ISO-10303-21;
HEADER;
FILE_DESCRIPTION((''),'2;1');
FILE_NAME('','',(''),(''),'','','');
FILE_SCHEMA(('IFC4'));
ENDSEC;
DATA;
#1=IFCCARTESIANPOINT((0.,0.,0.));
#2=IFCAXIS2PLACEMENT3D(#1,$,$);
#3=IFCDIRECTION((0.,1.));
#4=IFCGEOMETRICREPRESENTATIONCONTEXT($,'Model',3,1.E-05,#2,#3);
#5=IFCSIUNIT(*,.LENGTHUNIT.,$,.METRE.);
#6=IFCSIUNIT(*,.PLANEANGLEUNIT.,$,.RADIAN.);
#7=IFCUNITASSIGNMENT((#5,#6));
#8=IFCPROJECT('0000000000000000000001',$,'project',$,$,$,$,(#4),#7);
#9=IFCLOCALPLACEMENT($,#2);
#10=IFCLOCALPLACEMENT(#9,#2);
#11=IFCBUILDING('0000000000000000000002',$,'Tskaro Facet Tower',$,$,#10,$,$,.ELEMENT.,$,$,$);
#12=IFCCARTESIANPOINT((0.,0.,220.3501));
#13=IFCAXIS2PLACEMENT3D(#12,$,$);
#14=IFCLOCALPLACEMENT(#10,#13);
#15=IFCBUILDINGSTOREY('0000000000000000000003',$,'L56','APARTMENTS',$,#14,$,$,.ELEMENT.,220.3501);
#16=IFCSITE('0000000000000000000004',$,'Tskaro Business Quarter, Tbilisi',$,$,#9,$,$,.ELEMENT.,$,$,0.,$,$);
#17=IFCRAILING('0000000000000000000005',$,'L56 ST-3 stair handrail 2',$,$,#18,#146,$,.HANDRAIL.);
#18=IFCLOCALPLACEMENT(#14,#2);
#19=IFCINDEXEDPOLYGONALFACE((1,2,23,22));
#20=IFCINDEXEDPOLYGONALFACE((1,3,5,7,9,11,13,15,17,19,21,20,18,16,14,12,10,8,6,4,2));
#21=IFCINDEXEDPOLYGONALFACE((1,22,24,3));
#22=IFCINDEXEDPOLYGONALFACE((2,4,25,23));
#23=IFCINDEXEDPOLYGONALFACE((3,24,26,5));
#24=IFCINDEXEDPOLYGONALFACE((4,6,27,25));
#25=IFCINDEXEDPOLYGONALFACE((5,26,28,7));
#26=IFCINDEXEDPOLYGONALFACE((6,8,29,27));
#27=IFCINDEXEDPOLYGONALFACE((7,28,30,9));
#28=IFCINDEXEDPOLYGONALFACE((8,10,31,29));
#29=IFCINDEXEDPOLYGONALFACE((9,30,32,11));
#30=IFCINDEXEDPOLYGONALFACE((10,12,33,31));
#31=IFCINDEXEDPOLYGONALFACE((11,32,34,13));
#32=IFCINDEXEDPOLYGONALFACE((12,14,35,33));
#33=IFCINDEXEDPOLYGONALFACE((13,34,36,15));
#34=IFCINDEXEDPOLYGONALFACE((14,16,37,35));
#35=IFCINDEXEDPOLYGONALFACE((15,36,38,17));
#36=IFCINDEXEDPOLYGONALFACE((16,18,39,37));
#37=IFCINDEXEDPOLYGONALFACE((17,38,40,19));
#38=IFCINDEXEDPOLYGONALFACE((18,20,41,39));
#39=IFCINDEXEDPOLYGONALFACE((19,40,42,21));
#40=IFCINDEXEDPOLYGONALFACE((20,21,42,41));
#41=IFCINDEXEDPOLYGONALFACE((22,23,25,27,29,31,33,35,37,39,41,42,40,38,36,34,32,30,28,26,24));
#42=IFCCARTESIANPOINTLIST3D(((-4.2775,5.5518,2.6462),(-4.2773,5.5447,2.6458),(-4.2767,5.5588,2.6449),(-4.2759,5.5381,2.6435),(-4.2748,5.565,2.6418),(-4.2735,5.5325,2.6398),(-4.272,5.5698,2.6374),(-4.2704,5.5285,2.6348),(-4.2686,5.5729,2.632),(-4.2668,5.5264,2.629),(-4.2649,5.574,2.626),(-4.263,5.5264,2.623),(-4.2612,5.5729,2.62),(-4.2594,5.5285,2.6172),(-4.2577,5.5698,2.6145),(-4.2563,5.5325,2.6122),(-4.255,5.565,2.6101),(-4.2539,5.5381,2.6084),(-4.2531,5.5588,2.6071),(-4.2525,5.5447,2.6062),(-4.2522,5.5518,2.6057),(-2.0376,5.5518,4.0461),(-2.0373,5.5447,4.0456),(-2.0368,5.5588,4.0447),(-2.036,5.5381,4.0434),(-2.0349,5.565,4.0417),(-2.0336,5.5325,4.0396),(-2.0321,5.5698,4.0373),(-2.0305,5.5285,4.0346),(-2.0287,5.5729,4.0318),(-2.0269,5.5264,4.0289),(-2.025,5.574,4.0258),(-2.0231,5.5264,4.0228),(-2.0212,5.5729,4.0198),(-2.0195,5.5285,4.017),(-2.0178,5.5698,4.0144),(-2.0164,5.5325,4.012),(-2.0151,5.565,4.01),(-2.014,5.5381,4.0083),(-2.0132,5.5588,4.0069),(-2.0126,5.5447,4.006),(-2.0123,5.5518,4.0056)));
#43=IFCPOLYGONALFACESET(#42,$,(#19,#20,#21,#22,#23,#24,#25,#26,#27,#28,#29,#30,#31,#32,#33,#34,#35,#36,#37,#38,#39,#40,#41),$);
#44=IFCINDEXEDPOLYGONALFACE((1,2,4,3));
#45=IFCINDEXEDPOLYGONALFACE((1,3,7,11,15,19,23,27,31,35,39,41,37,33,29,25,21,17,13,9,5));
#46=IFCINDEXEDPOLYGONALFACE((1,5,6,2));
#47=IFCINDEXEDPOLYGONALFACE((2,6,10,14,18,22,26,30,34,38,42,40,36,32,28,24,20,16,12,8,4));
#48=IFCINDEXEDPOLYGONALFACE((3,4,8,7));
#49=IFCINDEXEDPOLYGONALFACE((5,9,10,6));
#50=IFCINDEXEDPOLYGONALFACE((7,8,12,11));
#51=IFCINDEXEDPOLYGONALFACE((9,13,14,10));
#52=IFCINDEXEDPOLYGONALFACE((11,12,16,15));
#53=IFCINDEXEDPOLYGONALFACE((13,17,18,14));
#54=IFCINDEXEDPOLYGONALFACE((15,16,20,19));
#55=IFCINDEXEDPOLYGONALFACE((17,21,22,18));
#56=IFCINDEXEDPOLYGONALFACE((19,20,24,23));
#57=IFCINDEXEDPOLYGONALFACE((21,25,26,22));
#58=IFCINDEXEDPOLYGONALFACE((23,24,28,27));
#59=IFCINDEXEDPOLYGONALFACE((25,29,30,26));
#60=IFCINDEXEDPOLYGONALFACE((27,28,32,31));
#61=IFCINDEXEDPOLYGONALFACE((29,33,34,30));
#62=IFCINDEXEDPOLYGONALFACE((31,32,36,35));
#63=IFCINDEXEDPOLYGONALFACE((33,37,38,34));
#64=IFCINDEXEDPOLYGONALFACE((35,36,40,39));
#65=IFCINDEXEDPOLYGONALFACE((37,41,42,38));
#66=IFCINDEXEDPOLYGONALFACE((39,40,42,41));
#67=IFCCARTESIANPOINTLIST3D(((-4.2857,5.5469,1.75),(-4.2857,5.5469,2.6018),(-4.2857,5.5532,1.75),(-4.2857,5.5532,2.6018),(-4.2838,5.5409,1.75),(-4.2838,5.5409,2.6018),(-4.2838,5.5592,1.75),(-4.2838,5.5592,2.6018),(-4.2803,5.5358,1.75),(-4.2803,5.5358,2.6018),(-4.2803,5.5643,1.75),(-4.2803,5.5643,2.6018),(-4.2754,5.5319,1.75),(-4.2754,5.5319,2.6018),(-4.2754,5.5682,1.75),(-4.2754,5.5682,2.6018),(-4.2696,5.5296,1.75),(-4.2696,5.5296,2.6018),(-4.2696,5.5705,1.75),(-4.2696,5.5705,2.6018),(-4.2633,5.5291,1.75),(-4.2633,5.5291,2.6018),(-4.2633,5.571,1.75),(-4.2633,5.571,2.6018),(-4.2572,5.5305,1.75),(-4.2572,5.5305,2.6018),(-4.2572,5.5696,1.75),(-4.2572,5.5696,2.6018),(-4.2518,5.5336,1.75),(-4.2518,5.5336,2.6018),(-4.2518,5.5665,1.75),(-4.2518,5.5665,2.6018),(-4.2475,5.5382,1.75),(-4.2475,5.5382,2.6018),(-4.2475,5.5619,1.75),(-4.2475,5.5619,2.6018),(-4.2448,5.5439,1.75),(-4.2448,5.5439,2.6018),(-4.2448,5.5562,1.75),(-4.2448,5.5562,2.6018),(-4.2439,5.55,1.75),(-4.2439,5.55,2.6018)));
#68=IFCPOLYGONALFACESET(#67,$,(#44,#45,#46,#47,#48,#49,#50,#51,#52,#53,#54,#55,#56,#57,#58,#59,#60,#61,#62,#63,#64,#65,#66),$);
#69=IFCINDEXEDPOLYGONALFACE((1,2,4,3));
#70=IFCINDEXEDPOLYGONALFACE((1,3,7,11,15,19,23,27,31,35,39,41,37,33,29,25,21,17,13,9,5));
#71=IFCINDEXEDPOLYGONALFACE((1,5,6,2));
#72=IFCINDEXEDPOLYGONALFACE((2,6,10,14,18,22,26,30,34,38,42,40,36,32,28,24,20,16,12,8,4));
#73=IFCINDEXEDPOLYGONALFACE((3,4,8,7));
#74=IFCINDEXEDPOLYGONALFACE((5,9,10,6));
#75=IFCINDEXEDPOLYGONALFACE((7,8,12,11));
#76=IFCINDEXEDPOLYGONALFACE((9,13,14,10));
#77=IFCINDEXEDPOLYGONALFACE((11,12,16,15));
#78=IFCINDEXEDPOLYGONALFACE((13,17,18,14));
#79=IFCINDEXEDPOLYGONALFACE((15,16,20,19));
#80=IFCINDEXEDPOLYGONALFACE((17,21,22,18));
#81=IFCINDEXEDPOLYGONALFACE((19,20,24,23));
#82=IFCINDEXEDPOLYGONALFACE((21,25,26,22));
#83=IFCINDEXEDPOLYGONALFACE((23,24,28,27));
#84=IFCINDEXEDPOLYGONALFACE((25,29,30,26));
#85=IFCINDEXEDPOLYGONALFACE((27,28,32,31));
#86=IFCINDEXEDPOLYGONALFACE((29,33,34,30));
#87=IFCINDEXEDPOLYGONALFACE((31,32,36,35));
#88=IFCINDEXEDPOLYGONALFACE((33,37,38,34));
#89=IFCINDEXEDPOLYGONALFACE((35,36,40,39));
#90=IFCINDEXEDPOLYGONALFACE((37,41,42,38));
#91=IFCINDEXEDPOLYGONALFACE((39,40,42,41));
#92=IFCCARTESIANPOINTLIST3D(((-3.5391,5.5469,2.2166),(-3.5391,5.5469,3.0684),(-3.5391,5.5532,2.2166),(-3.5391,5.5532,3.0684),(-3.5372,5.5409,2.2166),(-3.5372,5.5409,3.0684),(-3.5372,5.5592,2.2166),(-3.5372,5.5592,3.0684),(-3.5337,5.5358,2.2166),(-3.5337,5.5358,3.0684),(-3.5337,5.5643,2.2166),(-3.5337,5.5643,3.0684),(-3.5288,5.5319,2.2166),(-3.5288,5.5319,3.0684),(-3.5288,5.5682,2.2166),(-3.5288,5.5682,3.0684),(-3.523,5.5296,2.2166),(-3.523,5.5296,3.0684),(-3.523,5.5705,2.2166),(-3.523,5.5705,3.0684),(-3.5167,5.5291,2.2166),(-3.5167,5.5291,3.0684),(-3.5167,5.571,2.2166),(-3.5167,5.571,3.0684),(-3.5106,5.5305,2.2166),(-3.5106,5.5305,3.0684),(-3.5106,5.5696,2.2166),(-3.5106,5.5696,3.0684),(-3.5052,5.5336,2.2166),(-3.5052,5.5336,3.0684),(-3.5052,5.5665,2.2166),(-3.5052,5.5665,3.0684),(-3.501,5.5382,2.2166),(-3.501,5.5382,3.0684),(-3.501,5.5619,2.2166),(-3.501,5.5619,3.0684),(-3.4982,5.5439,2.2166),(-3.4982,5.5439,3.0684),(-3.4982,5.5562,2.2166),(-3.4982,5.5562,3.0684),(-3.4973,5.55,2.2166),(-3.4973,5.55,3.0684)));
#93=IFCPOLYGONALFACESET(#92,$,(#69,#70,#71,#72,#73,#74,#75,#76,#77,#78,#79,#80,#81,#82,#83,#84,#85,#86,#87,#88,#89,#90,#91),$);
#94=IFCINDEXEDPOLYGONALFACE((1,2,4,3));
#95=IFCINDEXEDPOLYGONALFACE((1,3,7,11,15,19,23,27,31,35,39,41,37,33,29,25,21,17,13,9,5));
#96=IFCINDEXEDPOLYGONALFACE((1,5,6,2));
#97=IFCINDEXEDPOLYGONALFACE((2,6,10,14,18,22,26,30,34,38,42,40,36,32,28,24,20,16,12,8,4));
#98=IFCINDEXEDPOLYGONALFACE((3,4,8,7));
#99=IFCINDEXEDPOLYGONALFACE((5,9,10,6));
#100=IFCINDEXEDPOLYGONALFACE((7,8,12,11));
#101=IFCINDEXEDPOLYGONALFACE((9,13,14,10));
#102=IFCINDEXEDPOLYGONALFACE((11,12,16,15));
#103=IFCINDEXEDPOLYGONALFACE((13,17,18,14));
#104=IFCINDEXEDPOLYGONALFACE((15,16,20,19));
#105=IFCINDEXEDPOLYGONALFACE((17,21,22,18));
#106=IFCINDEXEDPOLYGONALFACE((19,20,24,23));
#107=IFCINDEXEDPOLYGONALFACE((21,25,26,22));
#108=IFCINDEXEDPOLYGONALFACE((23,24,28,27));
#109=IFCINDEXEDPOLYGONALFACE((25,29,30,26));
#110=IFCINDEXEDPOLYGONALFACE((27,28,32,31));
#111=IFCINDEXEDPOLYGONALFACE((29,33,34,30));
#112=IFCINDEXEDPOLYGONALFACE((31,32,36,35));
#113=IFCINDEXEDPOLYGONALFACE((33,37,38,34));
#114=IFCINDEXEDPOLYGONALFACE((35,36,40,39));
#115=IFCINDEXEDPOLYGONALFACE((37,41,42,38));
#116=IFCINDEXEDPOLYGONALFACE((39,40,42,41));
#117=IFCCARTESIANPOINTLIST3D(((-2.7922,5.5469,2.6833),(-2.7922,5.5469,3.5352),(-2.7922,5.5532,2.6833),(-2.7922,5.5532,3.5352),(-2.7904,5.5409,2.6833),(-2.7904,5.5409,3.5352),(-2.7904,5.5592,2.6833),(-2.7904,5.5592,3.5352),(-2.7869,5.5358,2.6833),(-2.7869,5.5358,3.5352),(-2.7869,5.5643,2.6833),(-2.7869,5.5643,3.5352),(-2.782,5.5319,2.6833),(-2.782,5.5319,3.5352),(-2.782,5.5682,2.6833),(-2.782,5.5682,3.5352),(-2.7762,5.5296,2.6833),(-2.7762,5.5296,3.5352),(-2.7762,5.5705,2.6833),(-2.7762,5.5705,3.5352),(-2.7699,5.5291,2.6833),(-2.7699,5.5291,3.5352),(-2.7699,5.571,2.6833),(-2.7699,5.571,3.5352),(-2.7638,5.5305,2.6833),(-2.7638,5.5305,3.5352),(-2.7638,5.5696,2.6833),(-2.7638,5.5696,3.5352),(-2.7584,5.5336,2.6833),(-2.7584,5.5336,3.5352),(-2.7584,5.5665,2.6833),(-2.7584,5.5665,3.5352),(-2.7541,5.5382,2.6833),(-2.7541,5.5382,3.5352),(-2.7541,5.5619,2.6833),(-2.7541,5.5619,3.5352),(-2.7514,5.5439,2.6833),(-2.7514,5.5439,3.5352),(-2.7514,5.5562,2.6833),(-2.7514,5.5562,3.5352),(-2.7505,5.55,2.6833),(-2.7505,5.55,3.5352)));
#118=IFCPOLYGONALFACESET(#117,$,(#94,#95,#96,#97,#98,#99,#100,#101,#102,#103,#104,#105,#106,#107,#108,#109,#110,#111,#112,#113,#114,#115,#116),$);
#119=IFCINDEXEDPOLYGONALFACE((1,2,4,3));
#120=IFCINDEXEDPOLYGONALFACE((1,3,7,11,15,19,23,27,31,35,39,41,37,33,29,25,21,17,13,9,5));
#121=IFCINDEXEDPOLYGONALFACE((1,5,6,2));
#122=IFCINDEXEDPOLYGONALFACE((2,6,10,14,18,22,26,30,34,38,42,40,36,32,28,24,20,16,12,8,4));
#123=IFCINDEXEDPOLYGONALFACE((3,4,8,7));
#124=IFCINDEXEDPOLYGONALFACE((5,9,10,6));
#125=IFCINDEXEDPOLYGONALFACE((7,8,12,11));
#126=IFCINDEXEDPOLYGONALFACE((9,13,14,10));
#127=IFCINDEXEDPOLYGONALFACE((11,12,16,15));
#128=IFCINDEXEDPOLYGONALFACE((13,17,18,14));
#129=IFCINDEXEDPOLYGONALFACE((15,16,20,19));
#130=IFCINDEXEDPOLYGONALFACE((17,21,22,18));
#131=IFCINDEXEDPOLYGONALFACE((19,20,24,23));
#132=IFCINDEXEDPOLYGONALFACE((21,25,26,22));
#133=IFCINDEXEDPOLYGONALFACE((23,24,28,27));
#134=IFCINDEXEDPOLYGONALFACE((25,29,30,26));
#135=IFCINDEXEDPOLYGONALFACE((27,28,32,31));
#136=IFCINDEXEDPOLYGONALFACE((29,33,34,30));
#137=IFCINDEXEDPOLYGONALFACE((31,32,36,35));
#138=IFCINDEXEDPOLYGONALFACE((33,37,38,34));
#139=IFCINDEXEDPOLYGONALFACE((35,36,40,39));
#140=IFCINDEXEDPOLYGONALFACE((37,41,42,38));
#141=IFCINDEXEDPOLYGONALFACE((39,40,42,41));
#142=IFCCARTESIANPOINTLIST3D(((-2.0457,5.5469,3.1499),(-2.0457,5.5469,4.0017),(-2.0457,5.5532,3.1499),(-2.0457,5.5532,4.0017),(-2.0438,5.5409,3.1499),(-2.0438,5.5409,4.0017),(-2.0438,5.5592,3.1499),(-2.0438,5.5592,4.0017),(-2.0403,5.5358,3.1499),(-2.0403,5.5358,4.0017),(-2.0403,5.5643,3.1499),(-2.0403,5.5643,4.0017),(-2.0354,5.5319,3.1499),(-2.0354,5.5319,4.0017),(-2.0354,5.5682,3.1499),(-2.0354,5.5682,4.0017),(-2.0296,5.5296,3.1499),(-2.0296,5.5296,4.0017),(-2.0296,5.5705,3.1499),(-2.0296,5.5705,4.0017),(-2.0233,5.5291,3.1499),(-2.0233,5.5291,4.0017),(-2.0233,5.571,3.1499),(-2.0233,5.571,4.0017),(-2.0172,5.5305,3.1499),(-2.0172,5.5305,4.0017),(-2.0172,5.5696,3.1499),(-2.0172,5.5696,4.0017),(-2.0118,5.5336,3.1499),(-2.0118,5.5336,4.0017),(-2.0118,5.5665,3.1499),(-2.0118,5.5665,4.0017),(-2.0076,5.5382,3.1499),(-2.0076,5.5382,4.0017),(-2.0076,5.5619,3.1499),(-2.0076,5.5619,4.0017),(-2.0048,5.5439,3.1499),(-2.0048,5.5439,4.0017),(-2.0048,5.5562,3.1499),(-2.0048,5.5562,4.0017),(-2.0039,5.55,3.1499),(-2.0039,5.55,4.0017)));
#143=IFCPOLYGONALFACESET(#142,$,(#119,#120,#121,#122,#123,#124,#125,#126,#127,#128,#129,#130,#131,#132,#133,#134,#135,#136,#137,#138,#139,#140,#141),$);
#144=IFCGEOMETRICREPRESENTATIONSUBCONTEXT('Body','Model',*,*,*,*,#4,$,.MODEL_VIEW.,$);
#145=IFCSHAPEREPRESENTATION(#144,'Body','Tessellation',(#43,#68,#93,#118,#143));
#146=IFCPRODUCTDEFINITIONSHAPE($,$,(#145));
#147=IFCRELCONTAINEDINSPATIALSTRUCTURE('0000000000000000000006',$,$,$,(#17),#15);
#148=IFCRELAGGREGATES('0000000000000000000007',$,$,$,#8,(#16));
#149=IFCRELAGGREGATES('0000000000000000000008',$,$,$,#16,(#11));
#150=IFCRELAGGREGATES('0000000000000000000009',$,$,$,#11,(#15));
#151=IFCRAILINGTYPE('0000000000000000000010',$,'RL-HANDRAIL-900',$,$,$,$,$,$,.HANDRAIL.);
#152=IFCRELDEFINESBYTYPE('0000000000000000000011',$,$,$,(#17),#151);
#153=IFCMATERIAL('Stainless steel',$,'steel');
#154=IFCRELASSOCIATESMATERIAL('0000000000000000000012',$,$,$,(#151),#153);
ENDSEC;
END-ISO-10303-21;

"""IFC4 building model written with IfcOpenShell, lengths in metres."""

from ifc_helpers import new_model, si_unit, direction, frame, origin, origin_2d, place, context, subcontext, project, spatial, circle, extrude, material, type_object, element, save


model = new_model("IFC4")

# Units and contexts
model_context = context("Model", 3, precision=1e-05, world=origin(), true_north=direction((0.0, 1.0)))
body_context = subcontext(model_context, "Body", "Model", "MODEL_VIEW")
ifc_project = project(units=[si_unit("LENGTHUNIT", "METRE"), si_unit("PLANEANGLEUNIT", "RADIAN")], contexts=[model_context])

# Site, building, storey
site_placement = place(None, origin())
site = spatial("IfcSite", under=ifc_project, at=site_placement, Name="Tskaro Business Quarter, Tbilisi", CompositionType="ELEMENT", RefElevation=0.0)
building_placement = place(site_placement, origin())
building = spatial("IfcBuilding", under=site, at=building_placement, Name="Tskaro Facet Tower", CompositionType="ELEMENT")
storey_placement = place(building_placement, frame((0.0, 0.0, 220.3501)))
storey = spatial("IfcBuildingStorey", under=building, at=storey_placement, Name="L56", Description="APARTMENTS", CompositionType="ELEMENT", Elevation=220.3501)

# Railing
ifc_material_1 = material(Name="Stainless steel", Category="steel")
railing_type_1 = type_object("IfcRailingType", Name="RL-HANDRAIL-900", PredefinedType="HANDRAIL", material=ifc_material_1)
railing_1_placement = place(storey_placement, frame((-4.2649, 5.55, 1.75)))
element("IfcRailing", 1, at=railing_1_placement, inside=storey, type_object=railing_type_1, Name="L56 ST-3 stair handrail 2", PredefinedType="HANDRAIL", context=body_context, shape_type="SweptSolid", body=[
    extrude(circle(Radius=0.0239, at=origin_2d()), frame((0.0, 0.0, 0.876), z_axis=(0.848014, 0.0, 0.529974), x_axis=(0.0, 1.0, 0.0)), (0.0, 0.0, 1.0), 2.6414),
    extrude(circle(Radius=0.021, at=origin_2d()), origin(), (0.0, 0.0, 1.0), 0.8518),
    extrude(circle(Radius=0.021, at=origin_2d()), frame((0.7466, 0.0, 0.4666)), (0.0, 0.0, 1.0), 0.8518),
    extrude(circle(Radius=0.021, at=origin_2d()), frame((1.4934, 0.0, 0.9333)), (0.0, 0.0, 1.0), 0.8518),
    extrude(circle(Radius=0.021, at=origin_2d()), frame((2.24, 0.0, 1.3999)), (0.0, 0.0, 1.0), 0.8518),
])

save(model, "model.ifc")
